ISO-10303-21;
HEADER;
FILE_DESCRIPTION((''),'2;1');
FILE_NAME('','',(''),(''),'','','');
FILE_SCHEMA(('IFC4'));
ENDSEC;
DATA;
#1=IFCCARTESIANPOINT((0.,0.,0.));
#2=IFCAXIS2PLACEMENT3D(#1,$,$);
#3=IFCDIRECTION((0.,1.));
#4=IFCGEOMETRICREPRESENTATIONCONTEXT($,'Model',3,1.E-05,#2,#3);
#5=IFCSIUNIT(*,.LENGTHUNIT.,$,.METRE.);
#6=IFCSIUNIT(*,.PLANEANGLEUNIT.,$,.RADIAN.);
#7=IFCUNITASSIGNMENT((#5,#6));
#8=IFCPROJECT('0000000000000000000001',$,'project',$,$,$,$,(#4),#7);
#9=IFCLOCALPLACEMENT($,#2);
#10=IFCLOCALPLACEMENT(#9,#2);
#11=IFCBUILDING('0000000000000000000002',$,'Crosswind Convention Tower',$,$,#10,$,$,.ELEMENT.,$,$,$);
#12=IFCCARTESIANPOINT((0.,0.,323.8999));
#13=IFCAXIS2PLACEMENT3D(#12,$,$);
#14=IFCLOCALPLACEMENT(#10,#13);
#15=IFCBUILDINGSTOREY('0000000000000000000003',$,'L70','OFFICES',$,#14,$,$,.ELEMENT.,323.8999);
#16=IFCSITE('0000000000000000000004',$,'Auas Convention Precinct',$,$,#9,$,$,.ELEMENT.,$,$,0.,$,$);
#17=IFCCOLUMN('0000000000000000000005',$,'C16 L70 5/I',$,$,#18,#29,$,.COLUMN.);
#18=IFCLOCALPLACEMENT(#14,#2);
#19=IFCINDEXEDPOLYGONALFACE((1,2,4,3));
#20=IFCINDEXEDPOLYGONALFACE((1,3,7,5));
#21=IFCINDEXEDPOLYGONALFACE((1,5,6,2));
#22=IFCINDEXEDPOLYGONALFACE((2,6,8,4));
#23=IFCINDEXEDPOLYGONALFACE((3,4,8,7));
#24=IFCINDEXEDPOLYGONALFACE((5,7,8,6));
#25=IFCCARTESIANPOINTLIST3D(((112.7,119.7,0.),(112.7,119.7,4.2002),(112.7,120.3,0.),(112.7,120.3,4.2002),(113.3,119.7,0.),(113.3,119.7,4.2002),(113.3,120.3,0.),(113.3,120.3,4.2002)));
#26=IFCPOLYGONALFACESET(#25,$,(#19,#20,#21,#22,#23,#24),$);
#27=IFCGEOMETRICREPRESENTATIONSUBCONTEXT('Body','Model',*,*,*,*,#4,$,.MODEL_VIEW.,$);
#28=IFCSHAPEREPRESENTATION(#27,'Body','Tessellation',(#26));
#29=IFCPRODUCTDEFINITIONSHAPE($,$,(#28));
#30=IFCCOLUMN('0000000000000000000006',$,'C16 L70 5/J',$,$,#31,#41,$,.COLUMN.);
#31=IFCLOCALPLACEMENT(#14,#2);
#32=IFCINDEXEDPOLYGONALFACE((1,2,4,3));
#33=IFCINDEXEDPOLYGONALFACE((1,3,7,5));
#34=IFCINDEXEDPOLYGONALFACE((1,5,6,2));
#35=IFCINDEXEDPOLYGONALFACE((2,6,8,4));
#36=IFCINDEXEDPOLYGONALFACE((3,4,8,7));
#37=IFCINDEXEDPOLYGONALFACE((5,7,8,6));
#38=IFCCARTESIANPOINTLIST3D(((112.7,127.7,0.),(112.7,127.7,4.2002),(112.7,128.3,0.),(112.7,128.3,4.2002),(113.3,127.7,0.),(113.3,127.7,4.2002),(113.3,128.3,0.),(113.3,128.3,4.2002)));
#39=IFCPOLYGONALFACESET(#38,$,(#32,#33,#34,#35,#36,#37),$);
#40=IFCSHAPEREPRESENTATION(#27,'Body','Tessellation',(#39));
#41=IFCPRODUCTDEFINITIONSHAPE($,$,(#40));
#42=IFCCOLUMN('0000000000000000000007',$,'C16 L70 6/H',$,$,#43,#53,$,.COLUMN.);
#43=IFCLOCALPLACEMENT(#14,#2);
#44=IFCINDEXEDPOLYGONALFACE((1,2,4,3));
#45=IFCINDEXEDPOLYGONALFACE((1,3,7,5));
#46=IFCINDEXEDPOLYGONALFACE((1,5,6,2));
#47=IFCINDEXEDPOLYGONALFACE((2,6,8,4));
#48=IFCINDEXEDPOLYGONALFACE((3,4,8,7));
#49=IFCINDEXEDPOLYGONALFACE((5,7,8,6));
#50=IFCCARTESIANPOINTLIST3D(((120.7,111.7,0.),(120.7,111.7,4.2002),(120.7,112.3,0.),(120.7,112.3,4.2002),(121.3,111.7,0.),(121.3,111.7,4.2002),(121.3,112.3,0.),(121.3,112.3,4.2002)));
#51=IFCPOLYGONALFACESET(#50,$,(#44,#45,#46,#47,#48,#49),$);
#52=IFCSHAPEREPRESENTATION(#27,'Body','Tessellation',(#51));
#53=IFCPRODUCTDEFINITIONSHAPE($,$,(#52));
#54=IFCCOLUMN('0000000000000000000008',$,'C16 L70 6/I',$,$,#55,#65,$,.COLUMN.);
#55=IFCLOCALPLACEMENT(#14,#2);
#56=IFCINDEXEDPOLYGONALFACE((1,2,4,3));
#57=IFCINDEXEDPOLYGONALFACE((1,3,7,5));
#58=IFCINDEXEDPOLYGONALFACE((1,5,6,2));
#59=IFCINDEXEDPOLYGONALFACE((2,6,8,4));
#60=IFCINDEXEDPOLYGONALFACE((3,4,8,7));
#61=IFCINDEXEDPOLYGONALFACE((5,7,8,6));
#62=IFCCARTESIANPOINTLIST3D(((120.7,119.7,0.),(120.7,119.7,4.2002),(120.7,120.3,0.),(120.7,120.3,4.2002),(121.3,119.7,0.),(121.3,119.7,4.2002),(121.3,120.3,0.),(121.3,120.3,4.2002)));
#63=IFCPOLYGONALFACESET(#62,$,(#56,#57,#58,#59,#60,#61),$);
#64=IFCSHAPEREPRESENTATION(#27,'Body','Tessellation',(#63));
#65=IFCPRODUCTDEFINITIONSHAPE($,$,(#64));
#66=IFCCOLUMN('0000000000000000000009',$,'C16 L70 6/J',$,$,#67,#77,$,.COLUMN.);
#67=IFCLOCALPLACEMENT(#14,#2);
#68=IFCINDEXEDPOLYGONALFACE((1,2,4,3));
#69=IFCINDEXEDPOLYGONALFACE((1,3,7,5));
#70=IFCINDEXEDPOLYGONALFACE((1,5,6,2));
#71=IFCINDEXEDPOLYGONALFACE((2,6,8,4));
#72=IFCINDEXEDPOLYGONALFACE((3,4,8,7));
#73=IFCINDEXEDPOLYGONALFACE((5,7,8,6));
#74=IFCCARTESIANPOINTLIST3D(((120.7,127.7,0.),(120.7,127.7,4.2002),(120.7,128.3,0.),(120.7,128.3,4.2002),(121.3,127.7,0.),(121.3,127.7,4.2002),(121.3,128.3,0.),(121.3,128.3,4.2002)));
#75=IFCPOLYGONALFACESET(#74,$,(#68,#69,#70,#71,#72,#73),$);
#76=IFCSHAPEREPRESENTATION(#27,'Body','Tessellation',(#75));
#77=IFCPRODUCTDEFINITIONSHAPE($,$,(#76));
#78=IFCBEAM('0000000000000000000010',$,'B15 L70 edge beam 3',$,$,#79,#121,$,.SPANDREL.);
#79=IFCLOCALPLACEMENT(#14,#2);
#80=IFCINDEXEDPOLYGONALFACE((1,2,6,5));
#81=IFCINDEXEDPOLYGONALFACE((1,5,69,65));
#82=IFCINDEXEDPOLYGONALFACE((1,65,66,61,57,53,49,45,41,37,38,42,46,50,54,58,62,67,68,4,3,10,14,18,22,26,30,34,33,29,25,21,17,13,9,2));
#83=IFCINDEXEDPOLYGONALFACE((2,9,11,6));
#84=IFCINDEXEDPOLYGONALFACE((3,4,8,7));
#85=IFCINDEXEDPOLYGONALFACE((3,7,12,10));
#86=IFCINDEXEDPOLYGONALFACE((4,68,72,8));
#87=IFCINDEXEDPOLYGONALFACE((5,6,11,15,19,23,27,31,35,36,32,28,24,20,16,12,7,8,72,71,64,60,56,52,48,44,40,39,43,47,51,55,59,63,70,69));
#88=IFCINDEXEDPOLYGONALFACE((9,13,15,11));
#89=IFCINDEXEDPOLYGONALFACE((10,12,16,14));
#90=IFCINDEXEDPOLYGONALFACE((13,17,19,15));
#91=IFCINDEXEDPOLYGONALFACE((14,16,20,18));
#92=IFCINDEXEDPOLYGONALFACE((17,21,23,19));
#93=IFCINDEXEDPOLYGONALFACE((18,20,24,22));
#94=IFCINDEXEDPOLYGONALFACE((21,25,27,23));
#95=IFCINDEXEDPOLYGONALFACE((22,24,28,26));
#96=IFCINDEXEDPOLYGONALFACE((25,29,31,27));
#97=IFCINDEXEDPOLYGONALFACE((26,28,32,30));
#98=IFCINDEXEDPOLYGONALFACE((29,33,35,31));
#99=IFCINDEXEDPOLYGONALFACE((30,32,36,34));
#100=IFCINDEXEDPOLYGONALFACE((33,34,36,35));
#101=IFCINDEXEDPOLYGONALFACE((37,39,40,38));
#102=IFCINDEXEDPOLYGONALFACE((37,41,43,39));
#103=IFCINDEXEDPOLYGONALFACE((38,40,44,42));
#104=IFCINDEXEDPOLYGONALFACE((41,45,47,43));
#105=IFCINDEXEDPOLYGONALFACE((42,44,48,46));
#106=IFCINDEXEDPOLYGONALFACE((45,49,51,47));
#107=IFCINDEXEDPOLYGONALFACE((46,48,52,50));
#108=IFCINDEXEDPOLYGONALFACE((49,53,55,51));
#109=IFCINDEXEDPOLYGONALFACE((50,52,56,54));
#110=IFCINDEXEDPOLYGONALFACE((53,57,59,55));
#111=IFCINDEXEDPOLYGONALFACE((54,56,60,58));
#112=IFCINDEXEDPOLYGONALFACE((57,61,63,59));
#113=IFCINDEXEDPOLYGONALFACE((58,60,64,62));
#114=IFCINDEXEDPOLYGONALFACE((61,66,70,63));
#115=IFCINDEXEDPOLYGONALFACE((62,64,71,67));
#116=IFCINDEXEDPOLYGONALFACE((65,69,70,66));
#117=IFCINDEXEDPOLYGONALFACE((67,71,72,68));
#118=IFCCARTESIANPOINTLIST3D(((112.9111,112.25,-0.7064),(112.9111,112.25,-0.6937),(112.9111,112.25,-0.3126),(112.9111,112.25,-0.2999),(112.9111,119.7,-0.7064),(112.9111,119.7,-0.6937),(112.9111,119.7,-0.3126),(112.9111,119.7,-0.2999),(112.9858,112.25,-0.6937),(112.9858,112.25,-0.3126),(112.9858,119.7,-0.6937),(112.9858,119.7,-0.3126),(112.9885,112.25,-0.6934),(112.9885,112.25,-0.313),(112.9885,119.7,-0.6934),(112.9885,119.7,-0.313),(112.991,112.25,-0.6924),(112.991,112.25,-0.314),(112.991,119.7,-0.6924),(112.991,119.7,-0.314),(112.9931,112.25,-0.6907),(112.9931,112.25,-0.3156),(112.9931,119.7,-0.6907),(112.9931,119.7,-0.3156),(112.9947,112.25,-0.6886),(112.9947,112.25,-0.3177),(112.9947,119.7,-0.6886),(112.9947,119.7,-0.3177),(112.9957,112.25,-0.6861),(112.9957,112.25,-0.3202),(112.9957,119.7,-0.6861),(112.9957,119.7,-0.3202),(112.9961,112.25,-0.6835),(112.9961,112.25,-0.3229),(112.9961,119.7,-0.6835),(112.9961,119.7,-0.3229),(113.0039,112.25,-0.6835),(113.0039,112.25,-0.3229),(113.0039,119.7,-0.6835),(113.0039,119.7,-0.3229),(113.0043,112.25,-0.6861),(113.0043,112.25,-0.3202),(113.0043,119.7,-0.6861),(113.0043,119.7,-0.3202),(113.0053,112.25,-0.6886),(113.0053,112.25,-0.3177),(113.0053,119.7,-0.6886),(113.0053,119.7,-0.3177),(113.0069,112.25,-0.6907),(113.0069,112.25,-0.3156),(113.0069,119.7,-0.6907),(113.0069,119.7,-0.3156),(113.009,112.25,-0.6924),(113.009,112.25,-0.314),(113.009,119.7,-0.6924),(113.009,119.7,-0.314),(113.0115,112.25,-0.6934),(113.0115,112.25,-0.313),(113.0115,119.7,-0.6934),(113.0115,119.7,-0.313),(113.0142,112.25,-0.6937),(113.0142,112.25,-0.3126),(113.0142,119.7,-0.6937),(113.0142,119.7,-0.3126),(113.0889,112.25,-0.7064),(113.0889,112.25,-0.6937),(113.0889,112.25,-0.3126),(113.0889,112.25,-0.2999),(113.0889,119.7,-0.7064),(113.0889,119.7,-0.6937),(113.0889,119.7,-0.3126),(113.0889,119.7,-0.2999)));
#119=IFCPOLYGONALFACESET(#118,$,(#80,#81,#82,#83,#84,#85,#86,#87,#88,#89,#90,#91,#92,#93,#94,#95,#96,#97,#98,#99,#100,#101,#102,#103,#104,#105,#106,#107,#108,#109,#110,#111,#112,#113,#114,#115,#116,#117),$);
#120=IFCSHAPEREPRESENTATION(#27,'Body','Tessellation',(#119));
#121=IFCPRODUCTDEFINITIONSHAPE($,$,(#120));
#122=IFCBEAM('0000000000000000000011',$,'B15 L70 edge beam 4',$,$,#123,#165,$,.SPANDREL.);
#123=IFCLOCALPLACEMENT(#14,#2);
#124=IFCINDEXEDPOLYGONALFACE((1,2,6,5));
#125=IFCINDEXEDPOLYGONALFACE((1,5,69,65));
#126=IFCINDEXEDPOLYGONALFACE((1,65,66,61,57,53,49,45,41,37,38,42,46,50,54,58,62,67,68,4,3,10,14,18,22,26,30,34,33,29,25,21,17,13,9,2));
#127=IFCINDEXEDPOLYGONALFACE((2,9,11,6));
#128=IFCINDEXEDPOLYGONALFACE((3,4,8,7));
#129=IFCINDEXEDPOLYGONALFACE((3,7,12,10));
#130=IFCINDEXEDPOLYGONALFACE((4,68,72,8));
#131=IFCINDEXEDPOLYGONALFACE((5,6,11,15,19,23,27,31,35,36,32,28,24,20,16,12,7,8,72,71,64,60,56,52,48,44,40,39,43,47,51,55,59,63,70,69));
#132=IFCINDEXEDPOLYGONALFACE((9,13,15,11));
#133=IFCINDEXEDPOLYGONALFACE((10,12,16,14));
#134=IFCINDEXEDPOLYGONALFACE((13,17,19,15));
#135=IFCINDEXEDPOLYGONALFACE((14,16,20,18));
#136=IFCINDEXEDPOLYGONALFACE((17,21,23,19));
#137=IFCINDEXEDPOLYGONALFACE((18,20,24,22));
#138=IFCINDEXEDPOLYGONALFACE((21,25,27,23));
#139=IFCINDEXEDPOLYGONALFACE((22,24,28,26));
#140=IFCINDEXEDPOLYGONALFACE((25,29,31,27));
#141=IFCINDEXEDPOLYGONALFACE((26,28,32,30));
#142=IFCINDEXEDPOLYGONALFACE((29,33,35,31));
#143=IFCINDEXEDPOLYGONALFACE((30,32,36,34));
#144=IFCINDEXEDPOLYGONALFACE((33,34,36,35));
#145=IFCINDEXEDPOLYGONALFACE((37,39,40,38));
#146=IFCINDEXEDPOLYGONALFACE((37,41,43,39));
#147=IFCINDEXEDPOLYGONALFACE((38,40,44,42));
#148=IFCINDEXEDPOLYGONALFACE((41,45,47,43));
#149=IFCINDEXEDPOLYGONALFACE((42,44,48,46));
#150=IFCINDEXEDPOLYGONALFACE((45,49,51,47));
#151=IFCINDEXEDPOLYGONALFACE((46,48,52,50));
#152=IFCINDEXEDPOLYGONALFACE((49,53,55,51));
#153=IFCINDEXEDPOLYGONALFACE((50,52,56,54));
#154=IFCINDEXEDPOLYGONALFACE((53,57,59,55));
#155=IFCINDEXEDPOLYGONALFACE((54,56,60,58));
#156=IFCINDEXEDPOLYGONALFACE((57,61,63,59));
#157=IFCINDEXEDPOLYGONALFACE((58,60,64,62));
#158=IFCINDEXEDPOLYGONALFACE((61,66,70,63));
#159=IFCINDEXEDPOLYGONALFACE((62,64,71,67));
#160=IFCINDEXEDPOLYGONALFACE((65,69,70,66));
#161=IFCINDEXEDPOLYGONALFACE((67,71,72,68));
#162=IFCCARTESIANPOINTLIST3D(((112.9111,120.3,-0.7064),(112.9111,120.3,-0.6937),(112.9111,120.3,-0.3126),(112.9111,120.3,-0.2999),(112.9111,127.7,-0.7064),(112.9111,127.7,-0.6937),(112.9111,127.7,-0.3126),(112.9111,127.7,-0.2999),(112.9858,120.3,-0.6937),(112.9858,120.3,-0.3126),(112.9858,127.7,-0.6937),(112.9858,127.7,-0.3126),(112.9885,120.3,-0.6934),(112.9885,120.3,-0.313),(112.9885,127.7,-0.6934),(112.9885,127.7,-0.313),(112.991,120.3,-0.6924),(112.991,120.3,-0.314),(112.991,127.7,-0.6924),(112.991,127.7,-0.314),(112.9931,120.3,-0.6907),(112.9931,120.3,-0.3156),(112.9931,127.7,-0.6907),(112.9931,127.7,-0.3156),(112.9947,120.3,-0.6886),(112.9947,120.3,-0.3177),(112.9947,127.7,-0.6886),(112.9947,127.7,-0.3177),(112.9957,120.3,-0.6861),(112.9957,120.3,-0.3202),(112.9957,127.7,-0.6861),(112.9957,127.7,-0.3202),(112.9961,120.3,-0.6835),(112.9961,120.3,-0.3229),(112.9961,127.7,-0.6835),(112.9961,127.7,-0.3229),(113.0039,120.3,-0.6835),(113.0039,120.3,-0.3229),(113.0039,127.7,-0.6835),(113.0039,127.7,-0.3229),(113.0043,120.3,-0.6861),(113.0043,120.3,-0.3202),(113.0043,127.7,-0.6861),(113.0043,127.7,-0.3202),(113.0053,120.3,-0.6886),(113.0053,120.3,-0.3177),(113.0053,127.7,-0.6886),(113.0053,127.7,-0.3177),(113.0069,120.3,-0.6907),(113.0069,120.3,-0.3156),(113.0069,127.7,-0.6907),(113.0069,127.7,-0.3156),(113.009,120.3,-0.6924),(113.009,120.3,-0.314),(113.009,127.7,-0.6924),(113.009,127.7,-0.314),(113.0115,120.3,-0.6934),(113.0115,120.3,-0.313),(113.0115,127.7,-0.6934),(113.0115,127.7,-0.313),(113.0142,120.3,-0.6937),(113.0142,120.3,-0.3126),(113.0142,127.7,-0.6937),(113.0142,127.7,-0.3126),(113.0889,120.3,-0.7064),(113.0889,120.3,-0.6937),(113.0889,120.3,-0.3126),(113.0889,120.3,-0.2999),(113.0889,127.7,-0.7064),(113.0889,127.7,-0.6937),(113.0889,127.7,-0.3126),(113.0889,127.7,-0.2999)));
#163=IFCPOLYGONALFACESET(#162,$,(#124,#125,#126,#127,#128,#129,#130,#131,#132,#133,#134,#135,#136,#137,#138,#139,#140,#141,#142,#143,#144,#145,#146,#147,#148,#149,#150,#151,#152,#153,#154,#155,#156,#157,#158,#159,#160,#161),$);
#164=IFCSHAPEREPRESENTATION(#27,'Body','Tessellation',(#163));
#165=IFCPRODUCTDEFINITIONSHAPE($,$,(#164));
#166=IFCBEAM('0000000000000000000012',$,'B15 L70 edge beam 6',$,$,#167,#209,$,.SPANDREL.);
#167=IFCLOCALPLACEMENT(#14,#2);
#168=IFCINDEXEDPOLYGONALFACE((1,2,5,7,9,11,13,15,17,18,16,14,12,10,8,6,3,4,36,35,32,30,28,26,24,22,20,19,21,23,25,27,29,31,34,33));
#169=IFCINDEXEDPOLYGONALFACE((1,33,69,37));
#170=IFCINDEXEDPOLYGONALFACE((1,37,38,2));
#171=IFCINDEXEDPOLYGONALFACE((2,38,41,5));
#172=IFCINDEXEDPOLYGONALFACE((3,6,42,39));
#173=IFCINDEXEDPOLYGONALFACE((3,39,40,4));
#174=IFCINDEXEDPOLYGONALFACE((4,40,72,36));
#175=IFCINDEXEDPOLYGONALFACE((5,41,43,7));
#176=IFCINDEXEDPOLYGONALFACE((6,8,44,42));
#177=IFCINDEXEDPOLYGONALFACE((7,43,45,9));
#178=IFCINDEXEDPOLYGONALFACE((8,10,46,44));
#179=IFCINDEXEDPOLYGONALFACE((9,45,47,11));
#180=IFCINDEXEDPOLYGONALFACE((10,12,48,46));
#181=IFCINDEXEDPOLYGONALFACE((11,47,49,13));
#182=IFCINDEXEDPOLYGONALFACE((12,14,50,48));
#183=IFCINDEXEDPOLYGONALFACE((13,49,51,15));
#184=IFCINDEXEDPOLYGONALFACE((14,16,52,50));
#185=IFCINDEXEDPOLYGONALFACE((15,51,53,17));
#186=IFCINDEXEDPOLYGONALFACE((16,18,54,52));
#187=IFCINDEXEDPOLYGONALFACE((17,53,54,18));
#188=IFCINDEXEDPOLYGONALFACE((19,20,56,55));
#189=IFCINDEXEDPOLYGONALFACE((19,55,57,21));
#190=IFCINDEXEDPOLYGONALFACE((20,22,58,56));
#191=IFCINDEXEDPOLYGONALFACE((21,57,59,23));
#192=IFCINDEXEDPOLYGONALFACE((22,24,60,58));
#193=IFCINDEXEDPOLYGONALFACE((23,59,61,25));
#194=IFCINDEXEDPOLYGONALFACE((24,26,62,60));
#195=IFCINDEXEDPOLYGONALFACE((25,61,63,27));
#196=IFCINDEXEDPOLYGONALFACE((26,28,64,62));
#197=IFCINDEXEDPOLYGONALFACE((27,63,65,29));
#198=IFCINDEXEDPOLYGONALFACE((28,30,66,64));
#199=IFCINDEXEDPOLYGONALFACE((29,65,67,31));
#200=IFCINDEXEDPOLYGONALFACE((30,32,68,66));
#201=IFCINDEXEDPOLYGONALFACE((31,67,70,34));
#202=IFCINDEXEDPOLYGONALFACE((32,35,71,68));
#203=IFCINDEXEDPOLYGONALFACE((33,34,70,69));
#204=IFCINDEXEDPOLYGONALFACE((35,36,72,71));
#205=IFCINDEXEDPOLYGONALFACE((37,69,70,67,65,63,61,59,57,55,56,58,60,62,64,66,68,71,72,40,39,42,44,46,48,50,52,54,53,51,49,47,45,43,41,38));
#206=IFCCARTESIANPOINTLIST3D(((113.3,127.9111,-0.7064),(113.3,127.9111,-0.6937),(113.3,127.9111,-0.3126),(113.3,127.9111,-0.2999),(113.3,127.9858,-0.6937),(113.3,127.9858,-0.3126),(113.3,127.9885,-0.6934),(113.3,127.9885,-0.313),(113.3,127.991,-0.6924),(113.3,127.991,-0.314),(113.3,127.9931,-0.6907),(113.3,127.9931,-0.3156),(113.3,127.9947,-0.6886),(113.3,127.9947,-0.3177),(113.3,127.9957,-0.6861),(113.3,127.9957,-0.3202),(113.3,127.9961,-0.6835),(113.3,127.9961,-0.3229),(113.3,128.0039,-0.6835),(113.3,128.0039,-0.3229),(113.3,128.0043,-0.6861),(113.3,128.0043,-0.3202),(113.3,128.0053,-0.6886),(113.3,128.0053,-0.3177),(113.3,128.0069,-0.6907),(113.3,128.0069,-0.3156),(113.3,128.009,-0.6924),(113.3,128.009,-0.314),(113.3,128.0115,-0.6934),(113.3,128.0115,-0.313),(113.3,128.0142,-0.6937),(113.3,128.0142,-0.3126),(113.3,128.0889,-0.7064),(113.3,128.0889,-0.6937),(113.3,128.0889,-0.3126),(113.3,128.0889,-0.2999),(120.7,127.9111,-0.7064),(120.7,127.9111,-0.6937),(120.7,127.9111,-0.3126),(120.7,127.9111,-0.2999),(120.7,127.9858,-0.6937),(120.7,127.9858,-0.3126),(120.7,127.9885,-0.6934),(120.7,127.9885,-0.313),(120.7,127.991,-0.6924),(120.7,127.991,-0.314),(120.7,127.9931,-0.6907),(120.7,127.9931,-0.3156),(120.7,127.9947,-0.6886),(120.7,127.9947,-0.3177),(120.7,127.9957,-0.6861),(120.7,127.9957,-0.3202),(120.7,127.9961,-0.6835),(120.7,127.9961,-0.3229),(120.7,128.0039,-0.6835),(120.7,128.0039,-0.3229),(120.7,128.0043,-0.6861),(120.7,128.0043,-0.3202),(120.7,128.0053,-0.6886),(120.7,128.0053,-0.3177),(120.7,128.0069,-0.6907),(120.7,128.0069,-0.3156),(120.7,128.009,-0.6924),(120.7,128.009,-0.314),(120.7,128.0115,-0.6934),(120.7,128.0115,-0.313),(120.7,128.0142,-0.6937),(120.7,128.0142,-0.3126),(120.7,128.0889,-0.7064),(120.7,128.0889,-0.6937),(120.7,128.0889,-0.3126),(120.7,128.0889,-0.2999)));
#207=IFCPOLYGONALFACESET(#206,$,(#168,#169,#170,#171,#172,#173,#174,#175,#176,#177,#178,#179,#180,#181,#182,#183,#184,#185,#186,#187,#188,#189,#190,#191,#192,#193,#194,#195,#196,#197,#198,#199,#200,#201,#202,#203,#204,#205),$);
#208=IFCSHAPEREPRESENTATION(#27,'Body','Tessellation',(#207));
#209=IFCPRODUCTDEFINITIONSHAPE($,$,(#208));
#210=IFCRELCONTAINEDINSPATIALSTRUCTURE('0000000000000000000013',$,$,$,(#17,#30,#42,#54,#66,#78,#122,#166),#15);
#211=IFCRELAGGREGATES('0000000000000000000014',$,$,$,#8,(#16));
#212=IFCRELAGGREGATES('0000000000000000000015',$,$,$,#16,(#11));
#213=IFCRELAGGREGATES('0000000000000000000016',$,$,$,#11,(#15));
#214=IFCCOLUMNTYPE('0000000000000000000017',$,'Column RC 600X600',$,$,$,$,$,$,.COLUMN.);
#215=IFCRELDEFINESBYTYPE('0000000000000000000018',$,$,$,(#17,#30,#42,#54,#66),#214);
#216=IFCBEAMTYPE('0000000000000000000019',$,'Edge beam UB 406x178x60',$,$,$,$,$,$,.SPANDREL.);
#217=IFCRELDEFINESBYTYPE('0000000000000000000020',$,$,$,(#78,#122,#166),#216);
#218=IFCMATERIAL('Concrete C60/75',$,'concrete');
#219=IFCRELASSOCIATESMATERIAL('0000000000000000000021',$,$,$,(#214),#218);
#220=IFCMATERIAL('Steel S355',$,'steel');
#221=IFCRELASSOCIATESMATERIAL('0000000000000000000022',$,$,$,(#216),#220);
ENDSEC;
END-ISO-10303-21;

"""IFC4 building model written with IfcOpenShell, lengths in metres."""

from ifc_helpers import new_model, si_unit, direction, frame, origin, origin_2d, place, context, subcontext, project, spatial, rectangle, i_section, extrude, material, material_profile, profile_set, type_object, element, save


model = new_model("IFC4")

# Units and contexts
model_context = context("Model", 3, precision=1e-05, world=origin(), true_north=direction((0.0, 1.0)))
body_context = subcontext(model_context, "Body", "Model", "MODEL_VIEW")
ifc_project = project(units=[si_unit("LENGTHUNIT", "METRE"), si_unit("PLANEANGLEUNIT", "RADIAN")], contexts=[model_context])

# Site, building, storey
site_placement = place(None, origin())
site = spatial("IfcSite", under=ifc_project, at=site_placement, Name="Auas Convention Precinct", CompositionType="ELEMENT", RefElevation=0.0)
building_placement = place(site_placement, origin())
building = spatial("IfcBuilding", under=site, at=building_placement, Name="Crosswind Convention Tower", CompositionType="ELEMENT")
storey_placement = place(building_placement, frame((0.0, 0.0, 323.8999)))
storey = spatial("IfcBuildingStorey", under=building, at=storey_placement, Name="L70", Description="OFFICES", CompositionType="ELEMENT", Elevation=323.8999)

# Columns
ifc_material_1 = material(Name="Concrete C60/75", Category="concrete")
ifc_material_profile_1 = material_profile(ifc_material_1, rectangle(XDim=0.6001, YDim=0.6001, at=origin_2d()), Name="RC 600X600")
ifc_profile_set_1 = profile_set([ifc_material_profile_1], Name="Concrete C60/75")
column_type = type_object("IfcColumnType", Name="Column RC 600X600", PredefinedType="COLUMN", material=ifc_profile_set_1)
for number, where, z_axis, x_axis, name in (
    (1, (113.0, 120.0, 0.0), (0.0, 0.0, 1.0), (1.0, 0.0, 0.0), "C16 L70 5/I"),
    (2, (113.0, 128.0, 0.0), (0.0, 0.0, 1.0), (1.0, 0.0, 0.0), "C16 L70 5/J"),
    (3, (121.0, 112.0, 0.0), (0.0, 0.0, 1.0), (1.0, 0.0, 0.0), "C16 L70 6/H"),
    (4, (121.0, 120.0, 0.0), (0.0, 0.0, 1.0), (1.0, 0.0, 0.0), "C16 L70 6/I"),
    (5, (121.0, 128.0, 0.0), (0.0, 0.0, 1.0), (1.0, 0.0, 0.0), "C16 L70 6/J"),
):
    element("IfcColumn", number, at=place(storey_placement, frame(where, z_axis=z_axis, x_axis=x_axis)), inside=storey, type_object=column_type, Name=name, PredefinedType="COLUMN", context=body_context, shape_type="SweptSolid", body=[
        extrude(rectangle(XDim=0.6001, YDim=0.6001, at=origin_2d()), origin(), (0.0, 0.0, 1.0), 4.2002),
    ])

# Beams
ifc_material_2 = material(Name="Steel S355", Category="steel")
ifc_material_profile_2 = material_profile(ifc_material_2, i_section(OverallWidth=0.1777, OverallDepth=0.4065, WebThickness=0.0078, FlangeThickness=0.0127, FilletRadius=0.0103, at=origin_2d()), Name="UB 406x178x60")
ifc_profile_set_2 = profile_set([ifc_material_profile_2], Name="Steel S355")
beam_type_1 = type_object("IfcBeamType", Name="Edge beam UB 406x178x60", PredefinedType="SPANDREL", material=ifc_profile_set_2)
beam_1_placement = place(storey_placement, frame((113.0, 112.25, -0.5032), z_axis=(0.0, 1.0, 0.0), x_axis=(-1.0, 0.0, 0.0)))
element("IfcBeam", 6, at=beam_1_placement, inside=storey, type_object=beam_type_1, Name="B15 L70 edge beam 3", PredefinedType="SPANDREL", context=body_context, shape_type="SweptSolid", body=[
    extrude(i_section(OverallWidth=0.1777, OverallDepth=0.4065, WebThickness=0.0078, FlangeThickness=0.0127, FilletRadius=0.0103, at=origin_2d()), origin(), (0.0, 0.0, 1.0), 7.45),
])
for number, where, z_axis, x_axis, name in (
    (7, (113.0, 120.3, -0.5032), (0.0, 1.0, 0.0), (-1.0, 0.0, 0.0), "B15 L70 edge beam 4"),
    (8, (113.3, 128.0, -0.5032), (1.0, 0.0, 0.0), (0.0, 1.0, 0.0), "B15 L70 edge beam 6"),
):
    element("IfcBeam", number, at=place(storey_placement, frame(where, z_axis=z_axis, x_axis=x_axis)), inside=storey, type_object=beam_type_1, Name=name, PredefinedType="SPANDREL", context=body_context, shape_type="SweptSolid", body=[
        extrude(i_section(OverallWidth=0.1777, OverallDepth=0.4065, WebThickness=0.0078, FlangeThickness=0.0127, FilletRadius=0.0103, at=origin_2d()), origin(), (0.0, 0.0, 1.0), 7.3999),
    ])

save(model, "model.ifc")
